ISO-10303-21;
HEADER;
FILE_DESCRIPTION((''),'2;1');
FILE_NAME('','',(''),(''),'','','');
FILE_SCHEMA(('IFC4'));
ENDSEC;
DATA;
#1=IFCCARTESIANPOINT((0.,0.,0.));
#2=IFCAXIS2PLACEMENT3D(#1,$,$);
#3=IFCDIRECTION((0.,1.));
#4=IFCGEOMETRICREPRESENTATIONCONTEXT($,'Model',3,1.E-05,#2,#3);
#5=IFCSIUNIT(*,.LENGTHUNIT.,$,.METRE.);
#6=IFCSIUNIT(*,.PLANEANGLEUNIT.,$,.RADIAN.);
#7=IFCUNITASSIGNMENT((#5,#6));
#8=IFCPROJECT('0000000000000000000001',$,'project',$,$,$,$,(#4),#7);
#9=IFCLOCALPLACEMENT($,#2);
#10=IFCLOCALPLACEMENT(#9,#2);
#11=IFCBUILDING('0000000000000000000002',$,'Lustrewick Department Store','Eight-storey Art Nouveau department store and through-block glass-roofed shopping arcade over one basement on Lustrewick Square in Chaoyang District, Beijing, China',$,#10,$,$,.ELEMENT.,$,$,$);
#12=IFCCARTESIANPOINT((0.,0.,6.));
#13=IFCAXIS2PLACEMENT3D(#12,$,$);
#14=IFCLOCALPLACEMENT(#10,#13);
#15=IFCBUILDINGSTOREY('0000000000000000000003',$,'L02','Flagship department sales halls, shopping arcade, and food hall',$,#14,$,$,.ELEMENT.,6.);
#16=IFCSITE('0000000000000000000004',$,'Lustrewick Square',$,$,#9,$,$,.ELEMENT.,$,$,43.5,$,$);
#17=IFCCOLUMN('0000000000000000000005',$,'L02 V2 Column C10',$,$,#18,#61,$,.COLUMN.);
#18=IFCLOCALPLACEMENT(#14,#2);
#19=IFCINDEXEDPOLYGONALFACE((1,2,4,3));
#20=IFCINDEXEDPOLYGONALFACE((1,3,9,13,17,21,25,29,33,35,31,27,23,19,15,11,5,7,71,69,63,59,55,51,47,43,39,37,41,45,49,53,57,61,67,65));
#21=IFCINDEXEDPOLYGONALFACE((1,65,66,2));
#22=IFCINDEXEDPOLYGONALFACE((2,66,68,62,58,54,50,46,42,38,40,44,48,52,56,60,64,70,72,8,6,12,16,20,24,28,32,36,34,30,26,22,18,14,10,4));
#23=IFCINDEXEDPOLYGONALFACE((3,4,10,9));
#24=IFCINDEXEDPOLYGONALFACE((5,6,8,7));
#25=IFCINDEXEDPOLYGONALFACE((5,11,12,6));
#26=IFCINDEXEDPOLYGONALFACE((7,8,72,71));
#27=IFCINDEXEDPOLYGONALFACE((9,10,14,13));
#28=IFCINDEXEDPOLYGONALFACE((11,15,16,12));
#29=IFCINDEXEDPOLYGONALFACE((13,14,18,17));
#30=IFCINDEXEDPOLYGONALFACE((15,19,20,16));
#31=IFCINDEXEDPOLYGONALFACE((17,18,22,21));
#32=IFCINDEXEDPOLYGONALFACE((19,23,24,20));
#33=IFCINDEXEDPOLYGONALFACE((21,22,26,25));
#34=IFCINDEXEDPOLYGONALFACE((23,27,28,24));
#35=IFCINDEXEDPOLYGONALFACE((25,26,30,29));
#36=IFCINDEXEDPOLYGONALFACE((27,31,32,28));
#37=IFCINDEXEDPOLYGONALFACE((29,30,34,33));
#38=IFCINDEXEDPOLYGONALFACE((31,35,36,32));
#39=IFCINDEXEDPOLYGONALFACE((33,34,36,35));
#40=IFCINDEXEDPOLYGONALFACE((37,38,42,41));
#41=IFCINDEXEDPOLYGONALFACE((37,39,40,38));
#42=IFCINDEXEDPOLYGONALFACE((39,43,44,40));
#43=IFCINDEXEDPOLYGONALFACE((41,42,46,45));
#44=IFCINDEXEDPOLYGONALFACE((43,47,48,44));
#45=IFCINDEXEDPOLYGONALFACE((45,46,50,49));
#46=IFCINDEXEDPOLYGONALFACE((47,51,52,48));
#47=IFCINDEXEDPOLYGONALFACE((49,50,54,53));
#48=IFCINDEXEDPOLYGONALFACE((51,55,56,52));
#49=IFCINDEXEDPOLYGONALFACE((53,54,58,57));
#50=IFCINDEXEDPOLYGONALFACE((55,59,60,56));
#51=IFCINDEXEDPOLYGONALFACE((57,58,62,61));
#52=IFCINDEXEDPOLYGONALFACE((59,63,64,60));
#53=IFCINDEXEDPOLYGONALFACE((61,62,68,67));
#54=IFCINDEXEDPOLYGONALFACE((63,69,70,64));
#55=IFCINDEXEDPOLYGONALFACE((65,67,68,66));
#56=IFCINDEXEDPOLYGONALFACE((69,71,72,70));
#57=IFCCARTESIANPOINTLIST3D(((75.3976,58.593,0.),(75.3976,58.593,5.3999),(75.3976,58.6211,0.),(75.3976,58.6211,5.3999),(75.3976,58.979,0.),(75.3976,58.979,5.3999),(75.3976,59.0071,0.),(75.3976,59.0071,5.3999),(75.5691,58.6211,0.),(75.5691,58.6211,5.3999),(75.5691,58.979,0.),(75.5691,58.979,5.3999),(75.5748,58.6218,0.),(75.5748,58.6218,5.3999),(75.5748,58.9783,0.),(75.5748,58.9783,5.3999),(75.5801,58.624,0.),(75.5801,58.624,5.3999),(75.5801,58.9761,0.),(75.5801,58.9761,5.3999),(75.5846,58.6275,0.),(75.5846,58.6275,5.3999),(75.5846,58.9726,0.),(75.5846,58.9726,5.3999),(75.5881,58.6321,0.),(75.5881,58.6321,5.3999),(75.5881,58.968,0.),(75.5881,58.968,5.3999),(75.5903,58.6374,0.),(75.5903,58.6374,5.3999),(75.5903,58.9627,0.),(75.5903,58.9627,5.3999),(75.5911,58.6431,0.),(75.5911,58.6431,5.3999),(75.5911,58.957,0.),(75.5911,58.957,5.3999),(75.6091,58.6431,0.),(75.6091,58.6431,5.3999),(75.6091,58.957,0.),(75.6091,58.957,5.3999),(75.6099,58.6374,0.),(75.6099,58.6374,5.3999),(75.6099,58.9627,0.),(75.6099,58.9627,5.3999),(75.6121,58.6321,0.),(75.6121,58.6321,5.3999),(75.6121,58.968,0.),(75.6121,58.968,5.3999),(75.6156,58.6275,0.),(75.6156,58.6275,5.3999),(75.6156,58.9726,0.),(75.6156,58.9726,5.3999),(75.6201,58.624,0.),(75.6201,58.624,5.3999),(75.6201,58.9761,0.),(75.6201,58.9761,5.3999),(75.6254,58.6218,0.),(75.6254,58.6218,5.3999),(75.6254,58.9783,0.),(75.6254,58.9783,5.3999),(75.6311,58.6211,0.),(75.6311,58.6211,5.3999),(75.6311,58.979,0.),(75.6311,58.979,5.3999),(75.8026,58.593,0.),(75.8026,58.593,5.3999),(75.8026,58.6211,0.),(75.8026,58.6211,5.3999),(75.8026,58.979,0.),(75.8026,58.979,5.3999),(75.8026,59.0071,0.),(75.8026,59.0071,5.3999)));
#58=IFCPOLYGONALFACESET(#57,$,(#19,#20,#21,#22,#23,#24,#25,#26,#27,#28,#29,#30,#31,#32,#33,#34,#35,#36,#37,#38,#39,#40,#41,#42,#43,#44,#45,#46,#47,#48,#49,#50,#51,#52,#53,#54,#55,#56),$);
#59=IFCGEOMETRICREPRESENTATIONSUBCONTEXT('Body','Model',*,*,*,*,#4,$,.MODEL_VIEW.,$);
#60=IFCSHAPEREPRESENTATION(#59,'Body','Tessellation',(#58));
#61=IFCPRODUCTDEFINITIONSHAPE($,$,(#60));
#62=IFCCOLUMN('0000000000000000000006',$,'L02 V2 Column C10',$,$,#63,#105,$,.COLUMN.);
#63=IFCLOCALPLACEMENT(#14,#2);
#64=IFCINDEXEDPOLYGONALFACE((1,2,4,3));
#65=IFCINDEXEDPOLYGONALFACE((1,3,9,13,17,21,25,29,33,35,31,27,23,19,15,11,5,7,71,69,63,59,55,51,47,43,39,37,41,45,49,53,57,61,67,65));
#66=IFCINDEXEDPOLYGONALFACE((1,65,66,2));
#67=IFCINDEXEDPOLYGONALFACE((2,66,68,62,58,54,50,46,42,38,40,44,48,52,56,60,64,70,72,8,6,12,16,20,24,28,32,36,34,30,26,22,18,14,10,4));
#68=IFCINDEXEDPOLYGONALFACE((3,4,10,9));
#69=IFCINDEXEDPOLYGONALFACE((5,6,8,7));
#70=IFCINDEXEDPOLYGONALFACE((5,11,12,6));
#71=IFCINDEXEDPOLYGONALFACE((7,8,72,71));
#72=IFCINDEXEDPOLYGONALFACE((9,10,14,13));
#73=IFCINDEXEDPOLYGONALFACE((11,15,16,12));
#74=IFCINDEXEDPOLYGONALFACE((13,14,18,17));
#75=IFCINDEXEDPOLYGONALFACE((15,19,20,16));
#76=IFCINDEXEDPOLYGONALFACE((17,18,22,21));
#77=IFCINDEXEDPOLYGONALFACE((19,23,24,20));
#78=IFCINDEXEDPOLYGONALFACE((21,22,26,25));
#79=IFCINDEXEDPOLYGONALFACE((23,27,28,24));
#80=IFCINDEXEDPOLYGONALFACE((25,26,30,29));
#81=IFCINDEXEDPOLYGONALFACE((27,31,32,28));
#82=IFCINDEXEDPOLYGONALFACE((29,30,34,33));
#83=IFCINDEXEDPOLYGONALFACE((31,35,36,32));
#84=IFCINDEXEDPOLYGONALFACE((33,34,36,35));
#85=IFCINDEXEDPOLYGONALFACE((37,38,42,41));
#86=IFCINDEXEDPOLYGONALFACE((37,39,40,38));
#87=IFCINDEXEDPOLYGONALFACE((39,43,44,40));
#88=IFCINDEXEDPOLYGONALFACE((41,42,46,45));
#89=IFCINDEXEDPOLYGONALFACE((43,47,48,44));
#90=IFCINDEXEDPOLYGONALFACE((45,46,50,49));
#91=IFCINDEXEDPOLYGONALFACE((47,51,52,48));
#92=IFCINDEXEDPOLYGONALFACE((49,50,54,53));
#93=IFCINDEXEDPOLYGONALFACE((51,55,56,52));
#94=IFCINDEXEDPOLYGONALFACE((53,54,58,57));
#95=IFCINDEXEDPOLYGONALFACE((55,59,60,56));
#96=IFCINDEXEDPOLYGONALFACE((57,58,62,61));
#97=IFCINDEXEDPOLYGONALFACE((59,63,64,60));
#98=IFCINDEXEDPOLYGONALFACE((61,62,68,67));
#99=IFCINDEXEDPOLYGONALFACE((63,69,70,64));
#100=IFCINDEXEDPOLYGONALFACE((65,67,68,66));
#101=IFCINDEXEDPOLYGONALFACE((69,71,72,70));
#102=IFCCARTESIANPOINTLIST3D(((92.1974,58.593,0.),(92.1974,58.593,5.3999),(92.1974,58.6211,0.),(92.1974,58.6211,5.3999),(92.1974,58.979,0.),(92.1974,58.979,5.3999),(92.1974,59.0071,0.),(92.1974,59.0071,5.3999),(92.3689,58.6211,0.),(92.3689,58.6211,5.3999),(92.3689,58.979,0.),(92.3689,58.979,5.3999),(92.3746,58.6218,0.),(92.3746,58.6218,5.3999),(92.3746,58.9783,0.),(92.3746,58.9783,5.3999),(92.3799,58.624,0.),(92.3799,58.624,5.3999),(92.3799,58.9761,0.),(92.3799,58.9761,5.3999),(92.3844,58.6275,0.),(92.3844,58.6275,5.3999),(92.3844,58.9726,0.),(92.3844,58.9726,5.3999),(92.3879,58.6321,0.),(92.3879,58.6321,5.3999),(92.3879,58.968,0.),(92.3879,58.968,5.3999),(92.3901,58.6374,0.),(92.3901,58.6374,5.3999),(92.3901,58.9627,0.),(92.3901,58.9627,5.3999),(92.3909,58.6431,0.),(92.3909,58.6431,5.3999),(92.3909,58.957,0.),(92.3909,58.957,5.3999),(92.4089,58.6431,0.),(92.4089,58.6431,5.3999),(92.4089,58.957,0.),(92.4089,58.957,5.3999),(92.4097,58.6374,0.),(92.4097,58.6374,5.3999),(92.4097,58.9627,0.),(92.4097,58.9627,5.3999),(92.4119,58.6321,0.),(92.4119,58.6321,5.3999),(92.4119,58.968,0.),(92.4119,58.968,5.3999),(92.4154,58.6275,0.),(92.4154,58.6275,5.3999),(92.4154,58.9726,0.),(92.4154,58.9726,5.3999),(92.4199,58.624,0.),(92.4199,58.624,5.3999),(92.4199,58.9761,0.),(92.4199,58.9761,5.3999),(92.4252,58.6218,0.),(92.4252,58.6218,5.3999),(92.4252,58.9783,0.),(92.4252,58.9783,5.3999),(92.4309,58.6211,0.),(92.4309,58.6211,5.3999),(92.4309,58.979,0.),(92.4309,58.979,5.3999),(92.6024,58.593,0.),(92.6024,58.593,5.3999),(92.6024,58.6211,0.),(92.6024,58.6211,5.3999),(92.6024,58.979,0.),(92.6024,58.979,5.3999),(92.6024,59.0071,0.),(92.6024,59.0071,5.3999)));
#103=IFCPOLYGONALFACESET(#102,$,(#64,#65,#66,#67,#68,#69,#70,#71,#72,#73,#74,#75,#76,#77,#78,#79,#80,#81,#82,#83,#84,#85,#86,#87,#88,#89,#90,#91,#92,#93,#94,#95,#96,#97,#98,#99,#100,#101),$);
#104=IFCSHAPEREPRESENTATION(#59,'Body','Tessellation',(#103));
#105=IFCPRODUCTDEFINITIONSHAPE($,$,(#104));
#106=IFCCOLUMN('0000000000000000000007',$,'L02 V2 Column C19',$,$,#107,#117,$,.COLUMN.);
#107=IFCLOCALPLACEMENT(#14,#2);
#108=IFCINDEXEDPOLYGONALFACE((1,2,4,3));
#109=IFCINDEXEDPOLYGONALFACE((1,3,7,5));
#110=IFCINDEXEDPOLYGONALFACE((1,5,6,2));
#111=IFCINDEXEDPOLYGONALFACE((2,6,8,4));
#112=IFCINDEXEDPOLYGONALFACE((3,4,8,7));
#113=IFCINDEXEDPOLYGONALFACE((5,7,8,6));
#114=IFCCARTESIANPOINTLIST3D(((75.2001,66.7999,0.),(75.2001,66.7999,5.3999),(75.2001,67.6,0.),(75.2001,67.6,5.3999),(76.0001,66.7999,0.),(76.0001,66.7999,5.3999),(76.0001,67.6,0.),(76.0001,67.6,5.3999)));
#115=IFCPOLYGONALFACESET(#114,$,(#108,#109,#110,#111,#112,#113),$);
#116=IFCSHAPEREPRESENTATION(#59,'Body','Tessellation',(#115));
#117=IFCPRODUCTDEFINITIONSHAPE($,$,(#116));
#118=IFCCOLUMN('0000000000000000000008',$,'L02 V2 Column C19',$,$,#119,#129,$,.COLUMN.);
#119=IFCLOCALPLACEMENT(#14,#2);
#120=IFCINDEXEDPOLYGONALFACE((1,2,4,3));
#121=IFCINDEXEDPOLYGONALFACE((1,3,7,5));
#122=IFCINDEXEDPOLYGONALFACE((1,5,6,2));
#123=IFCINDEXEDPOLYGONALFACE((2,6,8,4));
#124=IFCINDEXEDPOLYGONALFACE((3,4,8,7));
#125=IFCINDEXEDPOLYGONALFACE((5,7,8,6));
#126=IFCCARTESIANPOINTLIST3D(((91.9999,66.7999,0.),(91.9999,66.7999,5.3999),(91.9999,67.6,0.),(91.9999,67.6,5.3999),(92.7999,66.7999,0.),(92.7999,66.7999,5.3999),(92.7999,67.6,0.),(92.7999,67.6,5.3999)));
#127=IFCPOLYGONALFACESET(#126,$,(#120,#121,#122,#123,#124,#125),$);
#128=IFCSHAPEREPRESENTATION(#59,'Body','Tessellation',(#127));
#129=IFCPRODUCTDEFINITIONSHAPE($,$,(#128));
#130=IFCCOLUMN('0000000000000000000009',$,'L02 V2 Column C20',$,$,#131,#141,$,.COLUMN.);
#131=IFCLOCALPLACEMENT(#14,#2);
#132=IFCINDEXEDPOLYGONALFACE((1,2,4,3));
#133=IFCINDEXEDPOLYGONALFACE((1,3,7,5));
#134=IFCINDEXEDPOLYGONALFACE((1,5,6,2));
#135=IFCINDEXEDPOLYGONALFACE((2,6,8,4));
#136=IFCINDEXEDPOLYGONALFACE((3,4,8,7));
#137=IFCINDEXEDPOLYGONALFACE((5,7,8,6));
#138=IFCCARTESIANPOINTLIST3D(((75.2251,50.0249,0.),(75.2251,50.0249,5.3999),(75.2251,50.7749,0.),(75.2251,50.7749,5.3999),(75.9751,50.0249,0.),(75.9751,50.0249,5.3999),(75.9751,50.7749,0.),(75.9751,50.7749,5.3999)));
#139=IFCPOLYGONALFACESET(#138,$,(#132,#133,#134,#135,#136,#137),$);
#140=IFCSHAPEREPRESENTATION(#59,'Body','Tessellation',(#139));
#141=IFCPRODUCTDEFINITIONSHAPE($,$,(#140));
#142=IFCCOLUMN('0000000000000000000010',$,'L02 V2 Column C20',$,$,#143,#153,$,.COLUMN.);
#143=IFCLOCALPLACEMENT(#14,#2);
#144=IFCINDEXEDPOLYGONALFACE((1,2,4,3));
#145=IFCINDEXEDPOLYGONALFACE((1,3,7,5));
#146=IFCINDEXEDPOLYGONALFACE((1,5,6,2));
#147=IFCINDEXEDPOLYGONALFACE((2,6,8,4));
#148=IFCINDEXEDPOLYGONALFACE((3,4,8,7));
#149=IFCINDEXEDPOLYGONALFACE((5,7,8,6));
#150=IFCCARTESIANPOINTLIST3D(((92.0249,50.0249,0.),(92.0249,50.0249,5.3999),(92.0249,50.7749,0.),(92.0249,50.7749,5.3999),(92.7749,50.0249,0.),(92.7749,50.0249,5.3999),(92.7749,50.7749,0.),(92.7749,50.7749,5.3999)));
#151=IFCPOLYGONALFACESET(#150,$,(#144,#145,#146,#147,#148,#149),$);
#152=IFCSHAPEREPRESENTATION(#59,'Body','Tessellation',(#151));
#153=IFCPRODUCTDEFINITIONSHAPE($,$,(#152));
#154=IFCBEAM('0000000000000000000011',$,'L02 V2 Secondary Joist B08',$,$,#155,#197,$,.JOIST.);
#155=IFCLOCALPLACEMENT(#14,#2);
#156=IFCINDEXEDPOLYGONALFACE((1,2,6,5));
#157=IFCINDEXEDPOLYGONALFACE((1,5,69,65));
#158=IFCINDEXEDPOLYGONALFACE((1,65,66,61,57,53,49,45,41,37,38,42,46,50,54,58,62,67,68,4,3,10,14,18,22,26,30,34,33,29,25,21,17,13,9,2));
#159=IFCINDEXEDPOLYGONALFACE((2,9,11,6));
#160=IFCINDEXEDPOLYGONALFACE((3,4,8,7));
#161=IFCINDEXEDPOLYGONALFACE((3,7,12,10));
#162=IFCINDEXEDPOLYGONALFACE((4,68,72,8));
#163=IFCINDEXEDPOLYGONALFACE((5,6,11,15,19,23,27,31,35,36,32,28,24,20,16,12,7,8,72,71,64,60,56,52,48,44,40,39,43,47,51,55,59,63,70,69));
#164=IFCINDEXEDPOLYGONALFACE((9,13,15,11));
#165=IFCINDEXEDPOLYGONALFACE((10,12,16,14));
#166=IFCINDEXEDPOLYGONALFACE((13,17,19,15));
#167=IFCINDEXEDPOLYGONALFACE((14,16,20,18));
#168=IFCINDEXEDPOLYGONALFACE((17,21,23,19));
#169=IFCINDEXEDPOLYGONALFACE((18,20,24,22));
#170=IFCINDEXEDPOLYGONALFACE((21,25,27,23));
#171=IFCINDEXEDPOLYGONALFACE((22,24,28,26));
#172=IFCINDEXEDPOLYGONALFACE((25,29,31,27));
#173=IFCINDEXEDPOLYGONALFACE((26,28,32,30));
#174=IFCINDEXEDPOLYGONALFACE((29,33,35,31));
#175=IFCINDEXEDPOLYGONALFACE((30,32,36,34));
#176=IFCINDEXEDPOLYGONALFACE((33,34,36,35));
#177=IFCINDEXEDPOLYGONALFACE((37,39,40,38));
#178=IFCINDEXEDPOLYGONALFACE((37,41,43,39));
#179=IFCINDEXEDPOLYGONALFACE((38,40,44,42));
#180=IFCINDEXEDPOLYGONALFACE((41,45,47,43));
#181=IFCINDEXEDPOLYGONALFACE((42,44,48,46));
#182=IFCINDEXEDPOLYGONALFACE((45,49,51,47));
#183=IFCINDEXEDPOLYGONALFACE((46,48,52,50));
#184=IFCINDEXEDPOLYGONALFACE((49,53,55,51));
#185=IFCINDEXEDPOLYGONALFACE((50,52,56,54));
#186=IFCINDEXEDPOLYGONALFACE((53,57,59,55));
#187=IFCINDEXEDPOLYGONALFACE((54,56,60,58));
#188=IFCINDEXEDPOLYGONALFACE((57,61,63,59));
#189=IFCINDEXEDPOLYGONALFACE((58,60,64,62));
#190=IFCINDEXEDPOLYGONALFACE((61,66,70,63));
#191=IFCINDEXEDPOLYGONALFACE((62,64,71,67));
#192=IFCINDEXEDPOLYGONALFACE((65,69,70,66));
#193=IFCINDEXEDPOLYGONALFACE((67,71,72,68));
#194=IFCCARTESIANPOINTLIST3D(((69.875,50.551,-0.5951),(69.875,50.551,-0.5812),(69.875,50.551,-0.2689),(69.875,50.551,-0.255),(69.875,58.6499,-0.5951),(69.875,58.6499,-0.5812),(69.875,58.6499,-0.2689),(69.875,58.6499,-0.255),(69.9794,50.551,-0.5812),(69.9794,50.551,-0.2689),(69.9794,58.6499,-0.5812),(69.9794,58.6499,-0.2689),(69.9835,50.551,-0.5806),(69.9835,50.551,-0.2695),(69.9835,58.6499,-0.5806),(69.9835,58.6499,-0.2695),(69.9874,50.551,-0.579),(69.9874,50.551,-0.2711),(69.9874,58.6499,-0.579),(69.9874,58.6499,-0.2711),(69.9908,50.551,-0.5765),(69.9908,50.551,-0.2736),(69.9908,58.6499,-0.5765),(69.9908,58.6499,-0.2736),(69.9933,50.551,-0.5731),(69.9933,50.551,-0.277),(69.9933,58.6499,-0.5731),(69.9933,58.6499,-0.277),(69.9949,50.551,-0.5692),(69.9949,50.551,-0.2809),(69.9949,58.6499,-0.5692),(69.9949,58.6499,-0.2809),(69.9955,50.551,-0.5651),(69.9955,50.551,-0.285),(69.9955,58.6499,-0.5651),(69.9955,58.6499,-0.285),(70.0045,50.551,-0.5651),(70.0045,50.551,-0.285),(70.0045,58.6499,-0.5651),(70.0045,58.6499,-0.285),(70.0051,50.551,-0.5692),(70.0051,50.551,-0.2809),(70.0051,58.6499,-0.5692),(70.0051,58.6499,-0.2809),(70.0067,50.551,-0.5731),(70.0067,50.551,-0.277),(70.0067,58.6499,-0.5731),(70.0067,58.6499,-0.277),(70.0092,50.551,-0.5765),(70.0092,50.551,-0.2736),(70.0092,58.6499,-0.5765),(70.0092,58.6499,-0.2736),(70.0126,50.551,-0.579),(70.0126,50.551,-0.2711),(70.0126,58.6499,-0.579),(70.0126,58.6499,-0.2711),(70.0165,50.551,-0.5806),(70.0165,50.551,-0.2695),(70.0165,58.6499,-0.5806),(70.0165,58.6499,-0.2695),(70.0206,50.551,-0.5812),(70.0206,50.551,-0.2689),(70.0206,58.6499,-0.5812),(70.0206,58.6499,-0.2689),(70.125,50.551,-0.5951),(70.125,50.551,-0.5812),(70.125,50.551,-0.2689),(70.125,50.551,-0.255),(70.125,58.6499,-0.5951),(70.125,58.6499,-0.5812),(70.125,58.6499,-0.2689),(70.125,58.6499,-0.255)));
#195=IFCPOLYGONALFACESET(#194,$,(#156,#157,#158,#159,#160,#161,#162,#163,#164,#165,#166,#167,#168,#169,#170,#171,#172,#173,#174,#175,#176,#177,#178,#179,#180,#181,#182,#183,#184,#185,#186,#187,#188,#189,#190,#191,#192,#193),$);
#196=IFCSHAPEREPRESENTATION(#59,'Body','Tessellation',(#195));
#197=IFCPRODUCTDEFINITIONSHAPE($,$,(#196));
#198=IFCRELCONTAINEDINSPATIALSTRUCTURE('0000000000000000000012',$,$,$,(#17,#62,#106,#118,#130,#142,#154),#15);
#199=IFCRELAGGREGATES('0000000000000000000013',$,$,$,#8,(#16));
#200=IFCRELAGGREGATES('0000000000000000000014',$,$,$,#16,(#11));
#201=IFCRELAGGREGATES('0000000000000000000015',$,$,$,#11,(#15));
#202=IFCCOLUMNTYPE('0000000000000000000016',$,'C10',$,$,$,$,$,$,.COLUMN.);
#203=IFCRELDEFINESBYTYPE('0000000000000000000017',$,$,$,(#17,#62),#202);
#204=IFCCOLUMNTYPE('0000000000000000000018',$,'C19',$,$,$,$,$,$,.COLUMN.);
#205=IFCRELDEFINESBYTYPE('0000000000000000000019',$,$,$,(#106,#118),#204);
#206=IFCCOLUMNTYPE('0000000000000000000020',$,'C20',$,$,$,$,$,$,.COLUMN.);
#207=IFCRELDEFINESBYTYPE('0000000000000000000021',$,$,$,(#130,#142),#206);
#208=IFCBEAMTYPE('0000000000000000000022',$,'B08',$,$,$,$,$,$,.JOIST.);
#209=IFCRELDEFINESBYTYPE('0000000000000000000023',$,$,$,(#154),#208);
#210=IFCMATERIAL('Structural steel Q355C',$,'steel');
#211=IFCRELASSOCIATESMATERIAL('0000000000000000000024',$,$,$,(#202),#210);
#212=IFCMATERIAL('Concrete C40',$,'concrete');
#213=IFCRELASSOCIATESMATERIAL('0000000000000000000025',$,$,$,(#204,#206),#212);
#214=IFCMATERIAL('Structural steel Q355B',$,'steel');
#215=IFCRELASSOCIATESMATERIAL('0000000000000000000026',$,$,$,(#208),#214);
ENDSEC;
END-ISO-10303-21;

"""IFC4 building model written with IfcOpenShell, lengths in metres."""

from ifc_helpers import new_model, si_unit, direction, frame, origin, origin_2d, place, context, subcontext, project, spatial, rectangle, i_section, extrude, material, material_profile, profile_set, type_object, element, save


model = new_model("IFC4")

# Units and contexts
model_context = context("Model", 3, precision=1e-05, world=origin(), true_north=direction((0.0, 1.0)))
body_context = subcontext(model_context, "Body", "Model", "MODEL_VIEW")
ifc_project = project(units=[si_unit("LENGTHUNIT", "METRE"), si_unit("PLANEANGLEUNIT", "RADIAN")], contexts=[model_context])

# Site, building, storey
site_placement = place(None, origin())
site = spatial("IfcSite", under=ifc_project, at=site_placement, Name="Lustrewick Square", CompositionType="ELEMENT", RefElevation=43.5)
building_placement = place(site_placement, origin())
building = spatial("IfcBuilding", under=site, at=building_placement, Name="Lustrewick Department Store", Description="Eight-storey Art Nouveau department store and through-block glass-roofed shopping arcade over one basement on Lustrewick Square in Chaoyang District, Beijing, China", CompositionType="ELEMENT")
storey_placement = place(building_placement, frame((0.0, 0.0, 6.0)))
storey = spatial("IfcBuildingStorey", under=building, at=storey_placement, Name="L02", Description="Flagship department sales halls, shopping arcade, and food hall", CompositionType="ELEMENT", Elevation=6.0)

# Columns
ifc_material_1 = material(Name="Structural steel Q355C", Category="steel")
ifc_material_profile_1 = material_profile(ifc_material_1, i_section(OverallWidth=0.405, OverallDepth=0.4141, WebThickness=0.0181, FlangeThickness=0.0281, FilletRadius=0.022, at=origin_2d()), Name="HW 414x405x18x28")
ifc_profile_set_1 = profile_set([ifc_material_profile_1], Name="Structural steel Q355C")
column_type_1 = type_object("IfcColumnType", Name="C10", PredefinedType="COLUMN", material=ifc_profile_set_1)
for number, where, z_axis, x_axis, name in (
    (1, (75.6001, 58.8, 0.0), (0.0, 0.0, 1.0), (1.0, 0.0, 0.0), "L02 V2 Column C10"),
    (2, (92.3999, 58.8, 0.0), (0.0, 0.0, 1.0), (1.0, 0.0, 0.0), "L02 V2 Column C10"),
):
    element("IfcColumn", number, at=place(storey_placement, frame(where, z_axis=z_axis, x_axis=x_axis)), inside=storey, type_object=column_type_1, Name=name, PredefinedType="COLUMN", context=body_context, shape_type="SweptSolid", body=[
        extrude(i_section(OverallWidth=0.405, OverallDepth=0.4141, WebThickness=0.0181, FlangeThickness=0.0281, FilletRadius=0.022, at=origin_2d()), origin(), (0.0, 0.0, 1.0), 5.3999),
    ])
ifc_material_2 = material(Name="Concrete C40", Category="concrete")
ifc_material_profile_2 = material_profile(ifc_material_2, rectangle(XDim=0.8, YDim=0.8, at=origin_2d()), Name="RC 800x800")
ifc_profile_set_2 = profile_set([ifc_material_profile_2], Name="Concrete C40")
column_type_2 = type_object("IfcColumnType", Name="C19", PredefinedType="COLUMN", material=ifc_profile_set_2)
for number, where, z_axis, x_axis, name in (
    (3, (75.6001, 67.2, 0.0), (0.0, 0.0, 1.0), (1.0, 0.0, 0.0), "L02 V2 Column C19"),
    (4, (92.3999, 67.2, 0.0), (0.0, 0.0, 1.0), (1.0, 0.0, 0.0), "L02 V2 Column C19"),
):
    element("IfcColumn", number, at=place(storey_placement, frame(where, z_axis=z_axis, x_axis=x_axis)), inside=storey, type_object=column_type_2, Name=name, PredefinedType="COLUMN", context=body_context, shape_type="SweptSolid", body=[
        extrude(rectangle(XDim=0.8, YDim=0.8, at=origin_2d()), origin(), (0.0, 0.0, 1.0), 5.3999),
    ])
ifc_material_profile_3 = material_profile(ifc_material_2, rectangle(XDim=0.75, YDim=0.75, at=origin_2d()), Name="RC 750x750")
ifc_profile_set_3 = profile_set([ifc_material_profile_3], Name="Concrete C40")
column_type_3 = type_object("IfcColumnType", Name="C20", PredefinedType="COLUMN", material=ifc_profile_set_3)
for number, where, z_axis, x_axis, name in (
    (5, (75.6001, 50.3999, 0.0), (0.0, 0.0, 1.0), (1.0, 0.0, 0.0), "L02 V2 Column C20"),
    (6, (92.3999, 50.3999, 0.0), (0.0, 0.0, 1.0), (1.0, 0.0, 0.0), "L02 V2 Column C20"),
):
    element("IfcColumn", number, at=place(storey_placement, frame(where, z_axis=z_axis, x_axis=x_axis)), inside=storey, type_object=column_type_3, Name=name, PredefinedType="COLUMN", context=body_context, shape_type="SweptSolid", body=[
        extrude(rectangle(XDim=0.75, YDim=0.75, at=origin_2d()), origin(), (0.0, 0.0, 1.0), 5.3999),
    ])

# Beam
ifc_material_3 = material(Name="Structural steel Q355B", Category="steel")
ifc_material_profile_4 = material_profile(ifc_material_3, i_section(OverallWidth=0.25, OverallDepth=0.3401, WebThickness=0.009, FlangeThickness=0.0139, FilletRadius=0.0161, at=origin_2d()), Name="HM 340x250x9x14")
ifc_profile_set_4 = profile_set([ifc_material_profile_4], Name="Structural steel Q355B")
beam_type_1 = type_object("IfcBeamType", Name="B08", PredefinedType="JOIST", material=ifc_profile_set_4)
beam_1_placement = place(storey_placement, frame((70.0, 50.551, -0.425), z_axis=(0.0, 1.0, 0.0), x_axis=(-1.0, 0.0, 0.0)))
element("IfcBeam", 7, at=beam_1_placement, inside=storey, type_object=beam_type_1, Name="L02 V2 Secondary Joist B08", PredefinedType="JOIST", context=body_context, shape_type="SweptSolid", body=[
    extrude(i_section(OverallWidth=0.25, OverallDepth=0.3401, WebThickness=0.009, FlangeThickness=0.0139, FilletRadius=0.0161, at=origin_2d()), origin(), (0.0, 0.0, 1.0), 8.0989),
])

save(model, "model.ifc")
